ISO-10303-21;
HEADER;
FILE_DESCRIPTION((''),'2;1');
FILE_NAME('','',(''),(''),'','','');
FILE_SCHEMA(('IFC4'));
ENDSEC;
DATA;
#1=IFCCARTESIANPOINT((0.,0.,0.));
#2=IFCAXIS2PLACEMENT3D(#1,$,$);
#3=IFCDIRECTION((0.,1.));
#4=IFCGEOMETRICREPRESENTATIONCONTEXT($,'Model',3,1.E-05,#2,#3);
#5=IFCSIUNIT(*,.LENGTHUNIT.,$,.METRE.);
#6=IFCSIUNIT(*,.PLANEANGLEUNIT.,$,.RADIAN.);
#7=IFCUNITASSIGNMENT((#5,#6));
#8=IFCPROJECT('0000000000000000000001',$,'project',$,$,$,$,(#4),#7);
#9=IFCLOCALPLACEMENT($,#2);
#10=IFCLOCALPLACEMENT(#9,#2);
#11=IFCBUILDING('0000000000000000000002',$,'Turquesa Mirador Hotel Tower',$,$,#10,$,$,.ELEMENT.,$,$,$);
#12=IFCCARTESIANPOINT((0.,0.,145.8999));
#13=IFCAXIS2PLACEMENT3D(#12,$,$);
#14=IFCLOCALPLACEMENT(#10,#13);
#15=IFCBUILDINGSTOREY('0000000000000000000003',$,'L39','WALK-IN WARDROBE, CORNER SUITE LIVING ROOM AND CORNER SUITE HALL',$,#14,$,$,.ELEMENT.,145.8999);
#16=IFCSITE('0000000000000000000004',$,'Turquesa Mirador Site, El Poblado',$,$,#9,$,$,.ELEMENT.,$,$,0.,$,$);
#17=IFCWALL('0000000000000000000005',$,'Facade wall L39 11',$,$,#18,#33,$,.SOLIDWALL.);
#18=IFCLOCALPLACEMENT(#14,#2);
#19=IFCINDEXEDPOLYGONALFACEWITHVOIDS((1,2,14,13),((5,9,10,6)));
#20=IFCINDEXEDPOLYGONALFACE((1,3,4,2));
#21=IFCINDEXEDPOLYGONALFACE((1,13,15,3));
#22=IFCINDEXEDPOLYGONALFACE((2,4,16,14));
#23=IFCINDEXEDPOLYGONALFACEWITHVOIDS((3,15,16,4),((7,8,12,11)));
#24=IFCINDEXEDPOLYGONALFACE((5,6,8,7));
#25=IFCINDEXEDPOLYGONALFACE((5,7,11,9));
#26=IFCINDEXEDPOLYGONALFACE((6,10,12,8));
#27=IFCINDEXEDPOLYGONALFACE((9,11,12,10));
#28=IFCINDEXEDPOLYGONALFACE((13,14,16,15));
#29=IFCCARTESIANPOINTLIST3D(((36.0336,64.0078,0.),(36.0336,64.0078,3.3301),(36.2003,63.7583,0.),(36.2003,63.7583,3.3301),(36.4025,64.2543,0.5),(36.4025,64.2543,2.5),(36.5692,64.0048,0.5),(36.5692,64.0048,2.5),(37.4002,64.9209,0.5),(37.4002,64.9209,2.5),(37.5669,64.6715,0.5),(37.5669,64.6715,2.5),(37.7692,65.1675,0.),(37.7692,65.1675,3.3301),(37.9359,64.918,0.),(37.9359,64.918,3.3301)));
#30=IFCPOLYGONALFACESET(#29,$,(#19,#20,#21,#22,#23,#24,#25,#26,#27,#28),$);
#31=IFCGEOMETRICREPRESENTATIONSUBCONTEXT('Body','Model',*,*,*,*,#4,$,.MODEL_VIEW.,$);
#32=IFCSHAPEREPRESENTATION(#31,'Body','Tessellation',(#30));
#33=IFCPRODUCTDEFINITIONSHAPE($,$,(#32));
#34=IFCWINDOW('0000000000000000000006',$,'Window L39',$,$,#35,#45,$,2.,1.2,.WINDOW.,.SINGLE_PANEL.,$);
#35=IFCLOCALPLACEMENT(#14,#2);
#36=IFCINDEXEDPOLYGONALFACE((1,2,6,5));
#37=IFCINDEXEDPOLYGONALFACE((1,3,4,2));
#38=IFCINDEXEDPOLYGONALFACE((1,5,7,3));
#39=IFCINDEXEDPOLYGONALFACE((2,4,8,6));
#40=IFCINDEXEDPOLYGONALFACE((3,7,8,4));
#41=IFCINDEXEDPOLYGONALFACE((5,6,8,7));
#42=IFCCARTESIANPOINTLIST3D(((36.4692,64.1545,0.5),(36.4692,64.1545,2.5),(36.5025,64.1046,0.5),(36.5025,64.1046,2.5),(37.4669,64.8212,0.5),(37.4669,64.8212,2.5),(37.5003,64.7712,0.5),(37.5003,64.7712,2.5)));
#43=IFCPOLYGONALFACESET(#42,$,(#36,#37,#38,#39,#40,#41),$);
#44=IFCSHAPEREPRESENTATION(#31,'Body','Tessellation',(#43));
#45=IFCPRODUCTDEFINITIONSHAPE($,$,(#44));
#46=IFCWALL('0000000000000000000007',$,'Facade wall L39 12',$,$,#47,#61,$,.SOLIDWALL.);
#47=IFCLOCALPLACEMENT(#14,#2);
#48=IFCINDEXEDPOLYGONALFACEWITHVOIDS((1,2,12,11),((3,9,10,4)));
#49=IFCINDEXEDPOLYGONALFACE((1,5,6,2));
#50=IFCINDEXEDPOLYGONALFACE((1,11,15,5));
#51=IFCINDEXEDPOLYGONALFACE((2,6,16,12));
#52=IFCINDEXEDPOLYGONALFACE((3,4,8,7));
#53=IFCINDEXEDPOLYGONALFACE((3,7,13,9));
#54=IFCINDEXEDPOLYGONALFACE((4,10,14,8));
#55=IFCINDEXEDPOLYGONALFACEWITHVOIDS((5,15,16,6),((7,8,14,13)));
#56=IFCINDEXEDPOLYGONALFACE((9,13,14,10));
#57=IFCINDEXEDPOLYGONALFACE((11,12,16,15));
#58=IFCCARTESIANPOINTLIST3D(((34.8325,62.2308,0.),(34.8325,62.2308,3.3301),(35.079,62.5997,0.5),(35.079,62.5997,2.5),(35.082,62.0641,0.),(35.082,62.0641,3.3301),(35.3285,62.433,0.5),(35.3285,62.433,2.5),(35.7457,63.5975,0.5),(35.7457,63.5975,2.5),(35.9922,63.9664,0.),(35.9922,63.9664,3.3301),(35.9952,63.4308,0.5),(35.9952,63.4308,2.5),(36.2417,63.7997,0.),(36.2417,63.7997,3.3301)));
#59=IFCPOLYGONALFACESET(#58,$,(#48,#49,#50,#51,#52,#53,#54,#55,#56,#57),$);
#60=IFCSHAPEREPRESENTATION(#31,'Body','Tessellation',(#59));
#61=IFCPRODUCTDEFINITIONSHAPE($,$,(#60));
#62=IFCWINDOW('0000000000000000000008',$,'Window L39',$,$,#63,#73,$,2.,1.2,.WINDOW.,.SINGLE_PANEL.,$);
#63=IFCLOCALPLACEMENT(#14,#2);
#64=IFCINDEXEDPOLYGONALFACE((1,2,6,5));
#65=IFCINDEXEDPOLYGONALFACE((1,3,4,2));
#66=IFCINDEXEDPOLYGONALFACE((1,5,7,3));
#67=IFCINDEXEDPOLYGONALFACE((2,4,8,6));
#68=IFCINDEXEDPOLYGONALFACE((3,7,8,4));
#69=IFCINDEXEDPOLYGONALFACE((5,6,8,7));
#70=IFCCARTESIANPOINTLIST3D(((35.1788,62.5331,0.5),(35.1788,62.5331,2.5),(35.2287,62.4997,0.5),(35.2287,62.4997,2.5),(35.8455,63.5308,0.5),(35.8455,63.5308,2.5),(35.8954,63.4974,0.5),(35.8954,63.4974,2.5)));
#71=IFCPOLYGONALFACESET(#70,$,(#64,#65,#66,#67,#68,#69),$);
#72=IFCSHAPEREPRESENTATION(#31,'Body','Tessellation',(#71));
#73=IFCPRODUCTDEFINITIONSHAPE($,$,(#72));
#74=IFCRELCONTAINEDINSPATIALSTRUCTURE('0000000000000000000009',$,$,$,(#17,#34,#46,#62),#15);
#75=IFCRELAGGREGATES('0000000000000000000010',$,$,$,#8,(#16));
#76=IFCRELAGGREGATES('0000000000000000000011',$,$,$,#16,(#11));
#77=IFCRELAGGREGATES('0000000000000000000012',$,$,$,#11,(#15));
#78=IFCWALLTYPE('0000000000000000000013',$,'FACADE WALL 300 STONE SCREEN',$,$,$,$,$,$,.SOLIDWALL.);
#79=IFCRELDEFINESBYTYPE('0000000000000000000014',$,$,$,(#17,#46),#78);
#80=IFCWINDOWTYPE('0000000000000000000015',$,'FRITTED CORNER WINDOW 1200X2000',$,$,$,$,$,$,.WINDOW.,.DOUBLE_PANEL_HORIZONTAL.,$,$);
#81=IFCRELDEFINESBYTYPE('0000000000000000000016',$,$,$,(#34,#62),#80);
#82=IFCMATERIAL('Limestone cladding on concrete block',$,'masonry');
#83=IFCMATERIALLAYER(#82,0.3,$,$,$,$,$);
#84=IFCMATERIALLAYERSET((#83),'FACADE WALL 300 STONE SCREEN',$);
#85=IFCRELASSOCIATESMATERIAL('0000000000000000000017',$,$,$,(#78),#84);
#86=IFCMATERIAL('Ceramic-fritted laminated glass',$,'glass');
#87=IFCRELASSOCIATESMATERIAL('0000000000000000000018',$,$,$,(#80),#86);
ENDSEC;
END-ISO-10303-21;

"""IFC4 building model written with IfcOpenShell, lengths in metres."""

from ifc_helpers import new_model, si_unit, direction, frame, frame_2d, origin, place, context, subcontext, project, spatial, rectangle, extrude, material, layer, layer_set, type_object, element, fill, save


model = new_model("IFC4")

# Units and contexts
model_context = context("Model", 3, precision=1e-05, world=origin(), true_north=direction((0.0, 1.0)))
body_context = subcontext(model_context, "Body", "Model", "MODEL_VIEW")
ifc_project = project(units=[si_unit("LENGTHUNIT", "METRE"), si_unit("PLANEANGLEUNIT", "RADIAN")], contexts=[model_context])

# Site, building, storey
site_placement = place(None, origin())
site = spatial("IfcSite", under=ifc_project, at=site_placement, Name="Turquesa Mirador Site, El Poblado", CompositionType="ELEMENT", RefElevation=0.0)
building_placement = place(site_placement, origin())
building = spatial("IfcBuilding", under=site, at=building_placement, Name="Turquesa Mirador Hotel Tower", CompositionType="ELEMENT")
storey_placement = place(building_placement, frame((0.0, 0.0, 145.8999)))
storey = spatial("IfcBuildingStorey", under=building, at=storey_placement, Name="L39", Description="WALK-IN WARDROBE, CORNER SUITE LIVING ROOM AND CORNER SUITE HALL", CompositionType="ELEMENT", Elevation=145.8999)

# Walls, openings, windows
ifc_material_1 = material(Name="Limestone cladding on concrete block", Category="masonry")
ifc_layer_1 = layer(ifc_material_1, 0.3)
ifc_layer_set_1 = layer_set([ifc_layer_1], Name="FACADE WALL 300 STONE SCREEN")
wall_type_1 = type_object("IfcWallType", Name="FACADE WALL 300 STONE SCREEN", PredefinedType="SOLIDWALL", material=ifc_layer_set_1)
wall_1_placement = place(storey_placement, frame((37.8525, 65.0427, 0.0), z_axis=(0.0, 0.0, 1.0), x_axis=(-0.831474, -0.555564, 0.0)))
wall_1 = element("IfcWall", 1, at=wall_1_placement, inside=storey, type_object=wall_type_1, Name="Facade wall L39 11", PredefinedType="SOLIDWALL", context=body_context, shape_type="SweptSolid", body=[
    extrude(rectangle(XDim=2.0874, YDim=0.3, at=frame_2d((1.0437, 0.0))), origin(), (0.0, 0.0, 1.0), 3.3301),
])
opening_1_placement = place(wall_1_placement, frame((0.4436, 0.0, 0.5)))
opening_1 = element("IfcOpeningElement", 2, at=opening_1_placement, cuts=wall_1, PredefinedType="OPENING", context=body_context, shape_type="SweptSolid", body=[
    extrude(rectangle(XDim=1.2, YDim=2.0, at=frame_2d((0.6001, 1.0))), frame((0.0, 0.1599, 0.0), z_axis=(0.0, -1.0, 0.0), x_axis=(1.0, 0.0, 0.0)), (0.0, 0.0, 1.0), 0.3201),
])
ifc_material_2 = material(Name="Ceramic-fritted laminated glass", Category="glass")
window_type_1 = type_object("IfcWindowType", Name="FRITTED CORNER WINDOW 1200X2000", PartitioningType="DOUBLE_PANEL_HORIZONTAL", PredefinedType="WINDOW", material=ifc_material_2)
window_1_placement = place(opening_1_placement, origin())
window_1 = element("IfcWindow", 3, at=window_1_placement, inside=storey, type_object=window_type_1, Name="Window L39", OverallHeight=2.0, OverallWidth=1.2, PartitioningType="SINGLE_PANEL", PredefinedType="WINDOW", context=body_context, shape_type="SweptSolid", body=[
    extrude(rectangle(XDim=1.2, YDim=2.0, at=frame_2d((0.6001, 1.0))), frame((0.0, 0.03, 0.0), z_axis=(0.0, -1.0, 0.0), x_axis=(1.0, 0.0, 0.0)), (0.0, 0.0, 1.0), 0.0601),
])
fill(opening_1, window_1)
wall_2_placement = place(storey_placement, frame((36.1169, 63.8831, 0.0), z_axis=(0.0, 0.0, 1.0), x_axis=(-0.555564, -0.831474, 0.0)))
wall_2 = element("IfcWall", 4, at=wall_2_placement, inside=storey, type_object=wall_type_1, Name="Facade wall L39 12", PredefinedType="SOLIDWALL", context=body_context, shape_type="SweptSolid", body=[
    extrude(rectangle(XDim=2.0874, YDim=0.3, at=frame_2d((1.0437, 0.0))), origin(), (0.0, 0.0, 1.0), 3.3301),
])
opening_2_placement = place(wall_2_placement, frame((0.4436, 0.0, 0.5)))
opening_2 = element("IfcOpeningElement", 5, at=opening_2_placement, cuts=wall_2, PredefinedType="OPENING", context=body_context, shape_type="SweptSolid", body=[
    extrude(rectangle(XDim=1.2, YDim=2.0, at=frame_2d((0.6001, 1.0))), frame((0.0, 0.1599, 0.0), z_axis=(0.0, -1.0, 0.0), x_axis=(1.0, 0.0, 0.0)), (0.0, 0.0, 1.0), 0.3201),
])
window_2_placement = place(opening_2_placement, origin())
window_2 = element("IfcWindow", 6, at=window_2_placement, inside=storey, type_object=window_type_1, Name="Window L39", OverallHeight=2.0, OverallWidth=1.2, PartitioningType="SINGLE_PANEL", PredefinedType="WINDOW", context=body_context, shape_type="SweptSolid", body=[
    extrude(rectangle(XDim=1.2, YDim=2.0, at=frame_2d((0.6001, 1.0))), frame((0.0, 0.03, 0.0), z_axis=(0.0, -1.0, 0.0), x_axis=(1.0, 0.0, 0.0)), (0.0, 0.0, 1.0), 0.0601),
])
fill(opening_2, window_2)

save(model, "model.ifc")
